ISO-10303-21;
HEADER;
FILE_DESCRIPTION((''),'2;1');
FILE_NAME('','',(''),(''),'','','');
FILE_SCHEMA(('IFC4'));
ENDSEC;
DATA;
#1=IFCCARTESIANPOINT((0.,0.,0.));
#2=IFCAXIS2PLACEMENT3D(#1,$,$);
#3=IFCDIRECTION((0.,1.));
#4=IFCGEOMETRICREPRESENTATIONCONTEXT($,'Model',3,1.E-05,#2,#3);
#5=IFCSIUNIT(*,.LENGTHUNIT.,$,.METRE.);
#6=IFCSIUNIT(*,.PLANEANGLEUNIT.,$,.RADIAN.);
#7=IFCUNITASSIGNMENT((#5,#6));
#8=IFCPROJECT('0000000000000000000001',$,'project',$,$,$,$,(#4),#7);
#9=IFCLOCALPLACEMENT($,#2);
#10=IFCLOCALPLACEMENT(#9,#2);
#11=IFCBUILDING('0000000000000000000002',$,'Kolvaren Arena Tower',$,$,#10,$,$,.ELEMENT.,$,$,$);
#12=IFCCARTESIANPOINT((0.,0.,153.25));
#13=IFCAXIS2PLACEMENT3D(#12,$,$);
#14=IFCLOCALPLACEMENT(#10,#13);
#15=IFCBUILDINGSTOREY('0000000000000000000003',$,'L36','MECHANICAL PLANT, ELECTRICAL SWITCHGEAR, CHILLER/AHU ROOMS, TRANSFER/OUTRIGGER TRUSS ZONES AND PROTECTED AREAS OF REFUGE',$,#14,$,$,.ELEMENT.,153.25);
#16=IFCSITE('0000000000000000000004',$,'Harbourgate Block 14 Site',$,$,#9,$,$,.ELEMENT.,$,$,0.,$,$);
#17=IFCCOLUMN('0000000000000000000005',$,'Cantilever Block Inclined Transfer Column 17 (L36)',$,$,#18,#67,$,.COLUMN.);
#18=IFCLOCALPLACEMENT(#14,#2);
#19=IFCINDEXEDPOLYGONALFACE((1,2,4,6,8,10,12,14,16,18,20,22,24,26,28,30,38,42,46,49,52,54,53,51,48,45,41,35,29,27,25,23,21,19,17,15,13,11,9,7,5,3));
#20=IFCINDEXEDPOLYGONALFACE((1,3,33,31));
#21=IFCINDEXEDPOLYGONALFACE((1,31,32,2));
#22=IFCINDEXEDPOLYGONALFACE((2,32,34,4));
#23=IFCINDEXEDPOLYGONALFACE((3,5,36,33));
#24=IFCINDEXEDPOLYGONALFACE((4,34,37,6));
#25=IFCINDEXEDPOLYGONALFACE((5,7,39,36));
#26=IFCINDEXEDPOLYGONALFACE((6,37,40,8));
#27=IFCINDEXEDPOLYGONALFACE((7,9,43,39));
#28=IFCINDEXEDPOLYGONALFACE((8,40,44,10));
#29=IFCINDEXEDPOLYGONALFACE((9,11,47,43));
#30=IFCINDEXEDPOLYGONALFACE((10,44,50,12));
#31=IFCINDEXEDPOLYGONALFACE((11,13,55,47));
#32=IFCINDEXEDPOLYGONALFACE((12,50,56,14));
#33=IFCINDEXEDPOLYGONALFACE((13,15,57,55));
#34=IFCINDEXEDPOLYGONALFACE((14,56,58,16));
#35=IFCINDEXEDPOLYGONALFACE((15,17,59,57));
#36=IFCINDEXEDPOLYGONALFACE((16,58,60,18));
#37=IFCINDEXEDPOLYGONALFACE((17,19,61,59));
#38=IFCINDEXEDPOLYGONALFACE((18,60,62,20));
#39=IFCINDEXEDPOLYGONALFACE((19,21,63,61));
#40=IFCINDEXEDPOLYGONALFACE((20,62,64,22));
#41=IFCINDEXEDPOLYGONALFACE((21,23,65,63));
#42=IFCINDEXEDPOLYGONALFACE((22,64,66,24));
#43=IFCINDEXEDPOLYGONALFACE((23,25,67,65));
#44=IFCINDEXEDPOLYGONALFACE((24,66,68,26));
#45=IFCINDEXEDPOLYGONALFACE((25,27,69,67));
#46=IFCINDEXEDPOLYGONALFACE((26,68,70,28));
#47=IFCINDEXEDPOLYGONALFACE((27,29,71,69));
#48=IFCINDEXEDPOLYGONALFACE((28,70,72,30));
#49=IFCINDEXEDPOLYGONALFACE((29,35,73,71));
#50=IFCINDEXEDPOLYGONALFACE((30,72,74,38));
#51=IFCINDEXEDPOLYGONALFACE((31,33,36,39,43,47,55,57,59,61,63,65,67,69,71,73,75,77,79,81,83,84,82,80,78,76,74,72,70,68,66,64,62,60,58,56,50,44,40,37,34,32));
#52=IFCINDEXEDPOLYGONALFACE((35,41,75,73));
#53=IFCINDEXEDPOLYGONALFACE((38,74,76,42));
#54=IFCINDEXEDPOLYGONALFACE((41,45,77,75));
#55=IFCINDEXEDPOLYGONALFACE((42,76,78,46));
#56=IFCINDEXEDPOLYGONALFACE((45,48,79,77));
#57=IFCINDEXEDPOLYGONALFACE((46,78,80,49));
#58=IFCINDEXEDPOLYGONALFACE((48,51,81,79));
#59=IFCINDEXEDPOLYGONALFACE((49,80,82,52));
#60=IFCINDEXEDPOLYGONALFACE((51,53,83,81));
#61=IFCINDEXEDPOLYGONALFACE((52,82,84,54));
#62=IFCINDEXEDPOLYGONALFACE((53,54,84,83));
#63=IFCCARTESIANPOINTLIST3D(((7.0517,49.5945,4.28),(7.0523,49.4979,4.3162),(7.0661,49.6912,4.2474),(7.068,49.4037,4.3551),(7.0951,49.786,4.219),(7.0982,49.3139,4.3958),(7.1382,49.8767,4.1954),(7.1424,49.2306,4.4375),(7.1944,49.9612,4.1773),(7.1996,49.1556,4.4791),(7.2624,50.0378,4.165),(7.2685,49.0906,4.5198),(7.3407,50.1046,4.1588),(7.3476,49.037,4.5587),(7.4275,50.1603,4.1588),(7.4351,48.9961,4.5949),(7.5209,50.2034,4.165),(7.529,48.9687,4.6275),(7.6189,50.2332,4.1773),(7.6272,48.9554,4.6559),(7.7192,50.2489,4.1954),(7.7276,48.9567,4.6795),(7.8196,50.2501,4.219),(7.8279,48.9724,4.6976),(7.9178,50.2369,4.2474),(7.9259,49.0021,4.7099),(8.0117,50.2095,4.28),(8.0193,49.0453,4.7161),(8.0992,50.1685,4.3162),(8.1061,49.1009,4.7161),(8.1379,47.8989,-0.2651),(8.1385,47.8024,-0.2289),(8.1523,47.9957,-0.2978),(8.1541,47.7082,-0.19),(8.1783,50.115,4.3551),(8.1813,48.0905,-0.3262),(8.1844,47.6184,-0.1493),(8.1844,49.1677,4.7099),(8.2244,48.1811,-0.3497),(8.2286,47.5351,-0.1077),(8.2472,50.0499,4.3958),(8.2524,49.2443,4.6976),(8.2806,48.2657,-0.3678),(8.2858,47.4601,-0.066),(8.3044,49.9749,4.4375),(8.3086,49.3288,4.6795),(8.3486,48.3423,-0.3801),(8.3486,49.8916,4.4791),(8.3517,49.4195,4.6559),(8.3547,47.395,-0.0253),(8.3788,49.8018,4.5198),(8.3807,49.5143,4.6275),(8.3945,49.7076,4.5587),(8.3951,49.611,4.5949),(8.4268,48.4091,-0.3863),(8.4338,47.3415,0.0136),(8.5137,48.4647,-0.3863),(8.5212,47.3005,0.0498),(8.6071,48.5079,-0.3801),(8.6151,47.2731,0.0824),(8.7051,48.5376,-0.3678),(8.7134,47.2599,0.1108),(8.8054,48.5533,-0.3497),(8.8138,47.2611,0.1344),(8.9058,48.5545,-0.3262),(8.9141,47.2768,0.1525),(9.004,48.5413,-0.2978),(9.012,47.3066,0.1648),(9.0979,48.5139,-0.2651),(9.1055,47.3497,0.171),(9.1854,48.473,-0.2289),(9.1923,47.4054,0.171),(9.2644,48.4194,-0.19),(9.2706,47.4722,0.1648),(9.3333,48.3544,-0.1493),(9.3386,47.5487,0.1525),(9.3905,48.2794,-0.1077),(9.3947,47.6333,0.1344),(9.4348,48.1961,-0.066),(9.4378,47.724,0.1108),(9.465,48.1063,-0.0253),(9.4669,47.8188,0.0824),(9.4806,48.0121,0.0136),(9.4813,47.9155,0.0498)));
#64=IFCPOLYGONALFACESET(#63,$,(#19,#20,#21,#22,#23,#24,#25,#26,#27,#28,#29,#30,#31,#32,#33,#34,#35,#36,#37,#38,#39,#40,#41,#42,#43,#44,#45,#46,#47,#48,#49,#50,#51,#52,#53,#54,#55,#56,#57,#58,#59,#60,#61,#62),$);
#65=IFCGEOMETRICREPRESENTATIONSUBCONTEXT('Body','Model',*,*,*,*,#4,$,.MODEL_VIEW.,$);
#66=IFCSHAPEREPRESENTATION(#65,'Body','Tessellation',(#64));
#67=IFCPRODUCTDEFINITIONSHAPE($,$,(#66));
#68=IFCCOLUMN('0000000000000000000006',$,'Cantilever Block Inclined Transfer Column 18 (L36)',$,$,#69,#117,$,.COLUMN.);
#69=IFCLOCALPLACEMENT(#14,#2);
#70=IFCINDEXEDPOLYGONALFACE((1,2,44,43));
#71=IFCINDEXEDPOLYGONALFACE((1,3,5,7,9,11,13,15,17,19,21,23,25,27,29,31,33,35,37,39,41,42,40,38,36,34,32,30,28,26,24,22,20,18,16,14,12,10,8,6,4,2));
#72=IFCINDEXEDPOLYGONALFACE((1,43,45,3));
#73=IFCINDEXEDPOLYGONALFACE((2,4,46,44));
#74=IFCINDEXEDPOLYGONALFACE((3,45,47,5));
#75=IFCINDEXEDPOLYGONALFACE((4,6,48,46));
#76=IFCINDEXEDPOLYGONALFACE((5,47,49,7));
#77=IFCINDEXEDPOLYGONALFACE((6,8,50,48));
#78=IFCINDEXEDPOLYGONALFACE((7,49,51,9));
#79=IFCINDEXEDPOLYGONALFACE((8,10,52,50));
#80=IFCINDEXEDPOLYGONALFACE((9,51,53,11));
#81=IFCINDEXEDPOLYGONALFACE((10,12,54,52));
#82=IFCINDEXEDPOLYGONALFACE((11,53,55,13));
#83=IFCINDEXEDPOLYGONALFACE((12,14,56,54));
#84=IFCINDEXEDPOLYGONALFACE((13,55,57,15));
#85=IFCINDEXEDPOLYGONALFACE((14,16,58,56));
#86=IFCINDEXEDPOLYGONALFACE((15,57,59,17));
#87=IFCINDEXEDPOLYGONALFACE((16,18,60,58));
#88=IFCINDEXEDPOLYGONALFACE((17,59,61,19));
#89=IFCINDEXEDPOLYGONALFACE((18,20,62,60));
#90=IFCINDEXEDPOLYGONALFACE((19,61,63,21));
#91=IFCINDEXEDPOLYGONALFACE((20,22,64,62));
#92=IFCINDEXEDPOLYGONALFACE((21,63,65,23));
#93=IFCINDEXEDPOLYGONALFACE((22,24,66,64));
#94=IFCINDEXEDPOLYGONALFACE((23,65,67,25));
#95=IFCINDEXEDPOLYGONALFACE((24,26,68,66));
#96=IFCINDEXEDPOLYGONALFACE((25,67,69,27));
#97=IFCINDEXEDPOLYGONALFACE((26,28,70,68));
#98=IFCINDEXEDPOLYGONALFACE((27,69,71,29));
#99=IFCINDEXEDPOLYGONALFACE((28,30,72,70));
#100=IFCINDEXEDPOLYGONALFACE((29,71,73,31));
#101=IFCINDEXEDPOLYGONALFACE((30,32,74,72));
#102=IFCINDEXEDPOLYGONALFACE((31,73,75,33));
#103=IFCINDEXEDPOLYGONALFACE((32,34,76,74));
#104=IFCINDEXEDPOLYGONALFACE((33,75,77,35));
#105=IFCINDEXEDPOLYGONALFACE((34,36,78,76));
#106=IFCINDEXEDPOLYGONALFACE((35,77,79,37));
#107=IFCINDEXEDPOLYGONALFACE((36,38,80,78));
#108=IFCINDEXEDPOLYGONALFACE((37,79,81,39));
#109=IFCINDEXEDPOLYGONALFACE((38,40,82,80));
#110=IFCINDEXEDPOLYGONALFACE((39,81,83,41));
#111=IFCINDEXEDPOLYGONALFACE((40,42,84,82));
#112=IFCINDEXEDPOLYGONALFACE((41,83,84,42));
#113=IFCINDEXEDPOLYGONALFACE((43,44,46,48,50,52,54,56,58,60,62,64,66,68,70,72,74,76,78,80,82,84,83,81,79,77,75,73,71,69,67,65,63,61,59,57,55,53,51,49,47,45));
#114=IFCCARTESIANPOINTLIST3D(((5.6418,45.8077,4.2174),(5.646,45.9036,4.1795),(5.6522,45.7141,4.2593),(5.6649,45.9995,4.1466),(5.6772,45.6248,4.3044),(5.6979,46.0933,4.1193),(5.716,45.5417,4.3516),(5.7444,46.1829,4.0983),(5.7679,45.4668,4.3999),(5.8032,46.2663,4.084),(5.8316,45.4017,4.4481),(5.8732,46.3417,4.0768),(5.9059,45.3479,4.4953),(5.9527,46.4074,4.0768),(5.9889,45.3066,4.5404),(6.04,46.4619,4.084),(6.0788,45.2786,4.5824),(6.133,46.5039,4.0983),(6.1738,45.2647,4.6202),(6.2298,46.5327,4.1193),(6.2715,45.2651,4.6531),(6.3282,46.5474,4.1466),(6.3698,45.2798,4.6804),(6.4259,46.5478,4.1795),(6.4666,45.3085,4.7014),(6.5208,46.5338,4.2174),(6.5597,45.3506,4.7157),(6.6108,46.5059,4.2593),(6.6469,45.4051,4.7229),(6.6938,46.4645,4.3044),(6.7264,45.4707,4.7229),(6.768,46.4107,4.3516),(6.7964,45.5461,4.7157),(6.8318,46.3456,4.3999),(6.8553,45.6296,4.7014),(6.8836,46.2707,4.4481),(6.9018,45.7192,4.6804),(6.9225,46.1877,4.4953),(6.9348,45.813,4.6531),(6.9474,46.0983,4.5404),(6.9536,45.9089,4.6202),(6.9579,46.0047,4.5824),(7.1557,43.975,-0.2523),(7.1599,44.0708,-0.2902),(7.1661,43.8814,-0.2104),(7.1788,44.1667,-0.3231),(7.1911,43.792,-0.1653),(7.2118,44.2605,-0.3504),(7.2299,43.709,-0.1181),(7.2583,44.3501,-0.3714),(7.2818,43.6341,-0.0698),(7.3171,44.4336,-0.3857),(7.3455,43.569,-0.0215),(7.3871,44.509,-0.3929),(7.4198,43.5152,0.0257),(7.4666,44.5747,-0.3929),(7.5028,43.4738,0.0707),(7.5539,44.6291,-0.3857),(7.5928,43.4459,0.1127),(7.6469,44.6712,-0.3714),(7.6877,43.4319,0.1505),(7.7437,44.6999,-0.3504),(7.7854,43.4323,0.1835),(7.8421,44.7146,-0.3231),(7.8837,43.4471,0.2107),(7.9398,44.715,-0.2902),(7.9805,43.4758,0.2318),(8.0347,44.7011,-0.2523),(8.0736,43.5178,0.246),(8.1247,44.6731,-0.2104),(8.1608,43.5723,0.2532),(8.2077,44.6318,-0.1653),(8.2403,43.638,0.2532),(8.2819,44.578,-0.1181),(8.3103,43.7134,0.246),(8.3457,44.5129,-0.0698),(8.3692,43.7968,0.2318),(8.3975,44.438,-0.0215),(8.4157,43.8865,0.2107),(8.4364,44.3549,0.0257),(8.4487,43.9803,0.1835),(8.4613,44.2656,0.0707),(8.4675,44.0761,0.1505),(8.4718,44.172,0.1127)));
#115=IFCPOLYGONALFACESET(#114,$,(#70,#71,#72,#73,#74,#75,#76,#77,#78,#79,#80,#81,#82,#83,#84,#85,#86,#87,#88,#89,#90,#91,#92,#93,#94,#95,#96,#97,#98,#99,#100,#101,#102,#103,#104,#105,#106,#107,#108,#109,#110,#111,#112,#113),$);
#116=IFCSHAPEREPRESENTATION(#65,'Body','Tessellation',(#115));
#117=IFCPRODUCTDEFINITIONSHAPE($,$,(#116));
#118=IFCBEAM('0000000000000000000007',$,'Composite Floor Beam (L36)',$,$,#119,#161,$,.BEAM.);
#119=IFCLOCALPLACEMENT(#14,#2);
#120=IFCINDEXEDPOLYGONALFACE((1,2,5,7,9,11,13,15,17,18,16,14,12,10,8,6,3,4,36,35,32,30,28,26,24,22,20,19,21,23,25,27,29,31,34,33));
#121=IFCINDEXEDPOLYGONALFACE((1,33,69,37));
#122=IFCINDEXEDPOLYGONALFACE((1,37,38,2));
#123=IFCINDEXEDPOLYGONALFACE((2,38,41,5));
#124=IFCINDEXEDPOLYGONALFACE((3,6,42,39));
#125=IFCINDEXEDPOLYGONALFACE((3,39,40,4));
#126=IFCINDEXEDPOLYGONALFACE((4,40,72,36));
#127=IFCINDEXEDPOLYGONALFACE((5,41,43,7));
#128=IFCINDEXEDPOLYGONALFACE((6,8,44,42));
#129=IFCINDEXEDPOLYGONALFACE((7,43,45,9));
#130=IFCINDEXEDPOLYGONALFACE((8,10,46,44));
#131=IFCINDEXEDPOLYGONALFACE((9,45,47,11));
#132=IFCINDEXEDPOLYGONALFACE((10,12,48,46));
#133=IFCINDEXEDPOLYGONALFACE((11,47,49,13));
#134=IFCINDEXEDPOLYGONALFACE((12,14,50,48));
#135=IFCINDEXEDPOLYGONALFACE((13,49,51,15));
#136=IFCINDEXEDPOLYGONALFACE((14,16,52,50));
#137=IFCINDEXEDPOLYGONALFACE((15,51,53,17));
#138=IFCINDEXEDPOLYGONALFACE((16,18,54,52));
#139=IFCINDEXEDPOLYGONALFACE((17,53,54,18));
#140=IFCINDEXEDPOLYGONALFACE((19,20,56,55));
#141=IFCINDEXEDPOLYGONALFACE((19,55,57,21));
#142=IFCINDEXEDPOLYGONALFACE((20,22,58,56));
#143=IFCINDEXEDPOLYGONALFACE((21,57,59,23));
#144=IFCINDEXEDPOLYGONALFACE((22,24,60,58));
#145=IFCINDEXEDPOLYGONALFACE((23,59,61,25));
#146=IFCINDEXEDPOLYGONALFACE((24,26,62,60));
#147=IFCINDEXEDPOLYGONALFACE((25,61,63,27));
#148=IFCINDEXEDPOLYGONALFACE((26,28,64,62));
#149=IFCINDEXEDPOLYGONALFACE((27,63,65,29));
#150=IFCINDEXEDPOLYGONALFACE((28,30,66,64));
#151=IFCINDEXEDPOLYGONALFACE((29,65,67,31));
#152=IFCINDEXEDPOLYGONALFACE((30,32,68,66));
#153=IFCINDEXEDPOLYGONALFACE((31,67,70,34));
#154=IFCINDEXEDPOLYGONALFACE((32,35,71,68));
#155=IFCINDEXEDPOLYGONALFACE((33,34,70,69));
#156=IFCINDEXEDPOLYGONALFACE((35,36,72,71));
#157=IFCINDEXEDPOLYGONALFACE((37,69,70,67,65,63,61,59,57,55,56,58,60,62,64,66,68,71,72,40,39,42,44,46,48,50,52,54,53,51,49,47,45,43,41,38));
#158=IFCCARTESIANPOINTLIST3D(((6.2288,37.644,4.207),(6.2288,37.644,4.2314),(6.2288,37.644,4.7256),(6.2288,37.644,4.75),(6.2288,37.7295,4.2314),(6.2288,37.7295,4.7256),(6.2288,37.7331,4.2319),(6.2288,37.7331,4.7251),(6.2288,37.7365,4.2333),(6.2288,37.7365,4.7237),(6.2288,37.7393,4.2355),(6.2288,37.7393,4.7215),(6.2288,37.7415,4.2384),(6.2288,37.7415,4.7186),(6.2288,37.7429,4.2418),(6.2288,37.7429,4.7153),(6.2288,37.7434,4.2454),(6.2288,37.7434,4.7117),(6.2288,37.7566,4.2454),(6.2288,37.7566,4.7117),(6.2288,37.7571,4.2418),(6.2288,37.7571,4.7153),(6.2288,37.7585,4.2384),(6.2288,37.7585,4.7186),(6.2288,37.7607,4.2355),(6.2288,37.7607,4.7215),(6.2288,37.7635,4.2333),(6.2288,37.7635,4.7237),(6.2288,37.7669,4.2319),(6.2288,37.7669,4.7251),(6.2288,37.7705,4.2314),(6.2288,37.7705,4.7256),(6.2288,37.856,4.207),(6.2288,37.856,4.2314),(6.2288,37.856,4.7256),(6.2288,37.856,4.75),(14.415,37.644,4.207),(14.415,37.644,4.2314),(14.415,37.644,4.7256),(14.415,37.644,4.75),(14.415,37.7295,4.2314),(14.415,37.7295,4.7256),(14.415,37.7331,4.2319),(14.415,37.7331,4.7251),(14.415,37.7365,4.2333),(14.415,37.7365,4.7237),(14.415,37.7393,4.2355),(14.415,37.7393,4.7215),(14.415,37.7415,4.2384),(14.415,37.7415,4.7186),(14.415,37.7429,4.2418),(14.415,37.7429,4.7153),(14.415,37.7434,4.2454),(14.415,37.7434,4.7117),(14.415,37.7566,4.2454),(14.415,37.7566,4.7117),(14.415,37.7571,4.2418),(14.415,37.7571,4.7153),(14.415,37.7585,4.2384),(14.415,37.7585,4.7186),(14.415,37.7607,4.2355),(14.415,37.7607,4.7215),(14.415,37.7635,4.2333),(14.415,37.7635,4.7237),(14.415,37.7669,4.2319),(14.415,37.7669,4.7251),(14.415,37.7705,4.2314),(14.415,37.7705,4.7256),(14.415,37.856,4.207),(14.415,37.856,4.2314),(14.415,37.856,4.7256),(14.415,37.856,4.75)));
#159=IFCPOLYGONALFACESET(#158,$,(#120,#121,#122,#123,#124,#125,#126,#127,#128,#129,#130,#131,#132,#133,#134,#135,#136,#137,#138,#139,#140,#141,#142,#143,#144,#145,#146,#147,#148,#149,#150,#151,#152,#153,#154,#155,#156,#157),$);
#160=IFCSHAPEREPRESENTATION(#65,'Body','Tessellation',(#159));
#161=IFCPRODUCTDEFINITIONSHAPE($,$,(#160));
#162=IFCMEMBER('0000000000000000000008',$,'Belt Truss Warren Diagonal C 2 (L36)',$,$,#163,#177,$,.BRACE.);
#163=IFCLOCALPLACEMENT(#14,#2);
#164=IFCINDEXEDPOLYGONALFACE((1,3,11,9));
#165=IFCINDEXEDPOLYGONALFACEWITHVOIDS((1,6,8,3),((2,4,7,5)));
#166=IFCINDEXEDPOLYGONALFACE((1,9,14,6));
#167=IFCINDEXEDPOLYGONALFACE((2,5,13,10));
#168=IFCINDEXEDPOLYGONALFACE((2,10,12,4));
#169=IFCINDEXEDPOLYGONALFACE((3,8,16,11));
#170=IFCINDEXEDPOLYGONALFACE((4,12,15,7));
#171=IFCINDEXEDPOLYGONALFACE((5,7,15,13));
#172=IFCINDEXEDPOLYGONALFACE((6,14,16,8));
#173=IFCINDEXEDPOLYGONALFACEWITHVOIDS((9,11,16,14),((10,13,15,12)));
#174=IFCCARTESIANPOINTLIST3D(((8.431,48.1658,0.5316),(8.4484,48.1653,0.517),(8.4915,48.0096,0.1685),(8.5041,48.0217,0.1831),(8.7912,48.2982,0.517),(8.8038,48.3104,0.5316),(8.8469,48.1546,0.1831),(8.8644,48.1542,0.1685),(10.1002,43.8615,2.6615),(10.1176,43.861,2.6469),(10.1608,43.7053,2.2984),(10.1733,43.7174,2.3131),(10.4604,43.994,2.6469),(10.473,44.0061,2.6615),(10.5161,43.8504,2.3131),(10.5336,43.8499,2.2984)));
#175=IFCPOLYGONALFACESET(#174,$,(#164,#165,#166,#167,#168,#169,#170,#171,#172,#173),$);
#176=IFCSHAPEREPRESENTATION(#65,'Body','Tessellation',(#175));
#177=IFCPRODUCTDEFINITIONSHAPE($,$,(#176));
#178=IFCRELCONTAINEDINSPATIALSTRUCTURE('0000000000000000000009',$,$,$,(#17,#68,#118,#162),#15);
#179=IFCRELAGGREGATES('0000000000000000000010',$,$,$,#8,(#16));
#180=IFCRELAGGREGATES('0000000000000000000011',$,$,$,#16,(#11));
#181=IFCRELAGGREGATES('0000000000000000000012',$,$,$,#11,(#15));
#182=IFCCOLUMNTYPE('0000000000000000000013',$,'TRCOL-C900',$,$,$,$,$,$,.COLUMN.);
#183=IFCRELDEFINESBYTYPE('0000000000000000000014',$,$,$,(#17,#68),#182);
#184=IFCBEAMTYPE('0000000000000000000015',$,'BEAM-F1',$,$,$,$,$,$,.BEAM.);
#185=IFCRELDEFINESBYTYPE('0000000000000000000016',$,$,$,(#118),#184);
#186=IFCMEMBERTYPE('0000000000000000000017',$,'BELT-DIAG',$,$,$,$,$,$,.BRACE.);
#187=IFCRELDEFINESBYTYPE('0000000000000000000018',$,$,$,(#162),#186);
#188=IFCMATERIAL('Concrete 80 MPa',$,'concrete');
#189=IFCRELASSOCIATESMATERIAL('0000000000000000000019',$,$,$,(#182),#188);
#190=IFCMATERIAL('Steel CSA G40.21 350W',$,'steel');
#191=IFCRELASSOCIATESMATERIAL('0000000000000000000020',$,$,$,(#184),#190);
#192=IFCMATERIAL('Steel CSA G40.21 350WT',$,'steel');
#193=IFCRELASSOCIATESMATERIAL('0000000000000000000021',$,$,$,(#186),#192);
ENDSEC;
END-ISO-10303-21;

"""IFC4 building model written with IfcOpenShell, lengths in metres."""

from ifc_helpers import new_model, si_unit, direction, frame, origin, origin_2d, place, context, subcontext, project, spatial, hollow_rectangle, circle, i_section, extrude, material, material_profile, profile_set, type_object, element, save


model = new_model("IFC4")

# Units and contexts
model_context = context("Model", 3, precision=1e-05, world=origin(), true_north=direction((0.0, 1.0)))
body_context = subcontext(model_context, "Body", "Model", "MODEL_VIEW")
ifc_project = project(units=[si_unit("LENGTHUNIT", "METRE"), si_unit("PLANEANGLEUNIT", "RADIAN")], contexts=[model_context])

# Site, building, storey
site_placement = place(None, origin())
site = spatial("IfcSite", under=ifc_project, at=site_placement, Name="Harbourgate Block 14 Site", CompositionType="ELEMENT", RefElevation=0.0)
building_placement = place(site_placement, origin())
building = spatial("IfcBuilding", under=site, at=building_placement, Name="Kolvaren Arena Tower", CompositionType="ELEMENT")
storey_placement = place(building_placement, frame((0.0, 0.0, 153.25)))
storey = spatial("IfcBuildingStorey", under=building, at=storey_placement, Name="L36", Description="MECHANICAL PLANT, ELECTRICAL SWITCHGEAR, CHILLER/AHU ROOMS, TRANSFER/OUTRIGGER TRUSS ZONES AND PROTECTED AREAS OF REFUGE", CompositionType="ELEMENT", Elevation=153.25)

# Columns
ifc_material_1 = material(Name="Concrete 80 MPa", Category="concrete")
ifc_material_profile_1 = material_profile(ifc_material_1, circle(Radius=0.6899, at=origin_2d()), Name="RC-CIRC-1380")
ifc_profile_set_1 = profile_set([ifc_material_profile_1], Name="Concrete 80 MPa")
column_type = type_object("IfcColumnType", Name="TRCOL-C900", PredefinedType="COLUMN", material=ifc_profile_set_1)
column_1_placement = place(storey_placement, frame((8.8096, 47.9072, -0.1077), z_axis=(-0.218493, 0.341073, 0.914292), x_axis=(-0.84204, -0.539415, 0.0)))
element("IfcColumn", 1, at=column_1_placement, inside=storey, type_object=column_type, Name="Cantilever Block Inclined Transfer Column 17 (L36)", PredefinedType="COLUMN", context=body_context, shape_type="SweptSolid", body=[
    extrude(circle(Radius=0.6899, at=origin_2d()), origin(), (0.0, 0.0, 1.0), 4.9712),
])
column_2_placement = place(storey_placement, frame((7.8137, 44.0735, -0.0698), z_axis=(-0.299042, 0.362024, 0.8829), x_axis=(-0.770984, -0.636855, 0.0)))
element("IfcColumn", 2, at=column_2_placement, inside=storey, type_object=column_type, Name="Cantilever Block Inclined Transfer Column 18 (L36)", PredefinedType="COLUMN", context=body_context, shape_type="SweptSolid", body=[
    extrude(circle(Radius=0.6899, at=origin_2d()), origin(), (0.0, 0.0, 1.0), 5.0625),
])

# Beam
ifc_material_2 = material(Name="Steel CSA G40.21 350W", Category="steel")
ifc_material_profile_2 = material_profile(ifc_material_2, i_section(OverallWidth=0.2119, OverallDepth=0.543, WebThickness=0.0132, FlangeThickness=0.0244, FilletRadius=0.0139, at=origin_2d()), Name="W530x150")
ifc_profile_set_2 = profile_set([ifc_material_profile_2], Name="Steel CSA G40.21 350W")
beam_type_1 = type_object("IfcBeamType", Name="BEAM-F1", PredefinedType="BEAM", material=ifc_profile_set_2)
beam_1_placement = place(storey_placement, frame((6.2288, 37.75, 4.4785), z_axis=(1.0, 0.0, 0.0), x_axis=(0.0, 1.0, 0.0)))
element("IfcBeam", 3, at=beam_1_placement, inside=storey, type_object=beam_type_1, Name="Composite Floor Beam (L36)", PredefinedType="BEAM", context=body_context, shape_type="SweptSolid", body=[
    extrude(i_section(OverallWidth=0.2119, OverallDepth=0.543, WebThickness=0.0132, FlangeThickness=0.0244, FilletRadius=0.0139, at=origin_2d()), origin(), (0.0, 0.0, 1.0), 8.1863),
])

# Member
ifc_material_3 = material(Name="Steel CSA G40.21 350WT", Category="steel")
ifc_material_profile_3 = material_profile(ifc_material_3, hollow_rectangle(XDim=0.3999, YDim=0.3999, WallThickness=0.0161, at=origin_2d()), Name="HSS 400x400x16")
ifc_profile_set_3 = profile_set([ifc_material_profile_3], Name="Steel CSA G40.21 350WT")
member_type = type_object("IfcMemberType", Name="BELT-DIAG", PredefinedType="BRACE", material=ifc_profile_set_3)
member_placement = place(storey_placement, frame((10.3169, 43.8557, 2.48), z_axis=(-0.328311, 0.846589, -0.418925), x_axis=(-0.932346, -0.361568, 0.0)))
element("IfcMember", 4, at=member_placement, inside=storey, type_object=member_type, Name="Belt Truss Warren Diagonal C 2 (L36)", PredefinedType="BRACE", context=body_context, shape_type="SweptSolid", body=[
    extrude(hollow_rectangle(XDim=0.3999, YDim=0.3999, WallThickness=0.0161, at=origin_2d()), origin(), (0.0, 0.0, 1.0), 5.0842),
])

save(model, "model.ifc")
